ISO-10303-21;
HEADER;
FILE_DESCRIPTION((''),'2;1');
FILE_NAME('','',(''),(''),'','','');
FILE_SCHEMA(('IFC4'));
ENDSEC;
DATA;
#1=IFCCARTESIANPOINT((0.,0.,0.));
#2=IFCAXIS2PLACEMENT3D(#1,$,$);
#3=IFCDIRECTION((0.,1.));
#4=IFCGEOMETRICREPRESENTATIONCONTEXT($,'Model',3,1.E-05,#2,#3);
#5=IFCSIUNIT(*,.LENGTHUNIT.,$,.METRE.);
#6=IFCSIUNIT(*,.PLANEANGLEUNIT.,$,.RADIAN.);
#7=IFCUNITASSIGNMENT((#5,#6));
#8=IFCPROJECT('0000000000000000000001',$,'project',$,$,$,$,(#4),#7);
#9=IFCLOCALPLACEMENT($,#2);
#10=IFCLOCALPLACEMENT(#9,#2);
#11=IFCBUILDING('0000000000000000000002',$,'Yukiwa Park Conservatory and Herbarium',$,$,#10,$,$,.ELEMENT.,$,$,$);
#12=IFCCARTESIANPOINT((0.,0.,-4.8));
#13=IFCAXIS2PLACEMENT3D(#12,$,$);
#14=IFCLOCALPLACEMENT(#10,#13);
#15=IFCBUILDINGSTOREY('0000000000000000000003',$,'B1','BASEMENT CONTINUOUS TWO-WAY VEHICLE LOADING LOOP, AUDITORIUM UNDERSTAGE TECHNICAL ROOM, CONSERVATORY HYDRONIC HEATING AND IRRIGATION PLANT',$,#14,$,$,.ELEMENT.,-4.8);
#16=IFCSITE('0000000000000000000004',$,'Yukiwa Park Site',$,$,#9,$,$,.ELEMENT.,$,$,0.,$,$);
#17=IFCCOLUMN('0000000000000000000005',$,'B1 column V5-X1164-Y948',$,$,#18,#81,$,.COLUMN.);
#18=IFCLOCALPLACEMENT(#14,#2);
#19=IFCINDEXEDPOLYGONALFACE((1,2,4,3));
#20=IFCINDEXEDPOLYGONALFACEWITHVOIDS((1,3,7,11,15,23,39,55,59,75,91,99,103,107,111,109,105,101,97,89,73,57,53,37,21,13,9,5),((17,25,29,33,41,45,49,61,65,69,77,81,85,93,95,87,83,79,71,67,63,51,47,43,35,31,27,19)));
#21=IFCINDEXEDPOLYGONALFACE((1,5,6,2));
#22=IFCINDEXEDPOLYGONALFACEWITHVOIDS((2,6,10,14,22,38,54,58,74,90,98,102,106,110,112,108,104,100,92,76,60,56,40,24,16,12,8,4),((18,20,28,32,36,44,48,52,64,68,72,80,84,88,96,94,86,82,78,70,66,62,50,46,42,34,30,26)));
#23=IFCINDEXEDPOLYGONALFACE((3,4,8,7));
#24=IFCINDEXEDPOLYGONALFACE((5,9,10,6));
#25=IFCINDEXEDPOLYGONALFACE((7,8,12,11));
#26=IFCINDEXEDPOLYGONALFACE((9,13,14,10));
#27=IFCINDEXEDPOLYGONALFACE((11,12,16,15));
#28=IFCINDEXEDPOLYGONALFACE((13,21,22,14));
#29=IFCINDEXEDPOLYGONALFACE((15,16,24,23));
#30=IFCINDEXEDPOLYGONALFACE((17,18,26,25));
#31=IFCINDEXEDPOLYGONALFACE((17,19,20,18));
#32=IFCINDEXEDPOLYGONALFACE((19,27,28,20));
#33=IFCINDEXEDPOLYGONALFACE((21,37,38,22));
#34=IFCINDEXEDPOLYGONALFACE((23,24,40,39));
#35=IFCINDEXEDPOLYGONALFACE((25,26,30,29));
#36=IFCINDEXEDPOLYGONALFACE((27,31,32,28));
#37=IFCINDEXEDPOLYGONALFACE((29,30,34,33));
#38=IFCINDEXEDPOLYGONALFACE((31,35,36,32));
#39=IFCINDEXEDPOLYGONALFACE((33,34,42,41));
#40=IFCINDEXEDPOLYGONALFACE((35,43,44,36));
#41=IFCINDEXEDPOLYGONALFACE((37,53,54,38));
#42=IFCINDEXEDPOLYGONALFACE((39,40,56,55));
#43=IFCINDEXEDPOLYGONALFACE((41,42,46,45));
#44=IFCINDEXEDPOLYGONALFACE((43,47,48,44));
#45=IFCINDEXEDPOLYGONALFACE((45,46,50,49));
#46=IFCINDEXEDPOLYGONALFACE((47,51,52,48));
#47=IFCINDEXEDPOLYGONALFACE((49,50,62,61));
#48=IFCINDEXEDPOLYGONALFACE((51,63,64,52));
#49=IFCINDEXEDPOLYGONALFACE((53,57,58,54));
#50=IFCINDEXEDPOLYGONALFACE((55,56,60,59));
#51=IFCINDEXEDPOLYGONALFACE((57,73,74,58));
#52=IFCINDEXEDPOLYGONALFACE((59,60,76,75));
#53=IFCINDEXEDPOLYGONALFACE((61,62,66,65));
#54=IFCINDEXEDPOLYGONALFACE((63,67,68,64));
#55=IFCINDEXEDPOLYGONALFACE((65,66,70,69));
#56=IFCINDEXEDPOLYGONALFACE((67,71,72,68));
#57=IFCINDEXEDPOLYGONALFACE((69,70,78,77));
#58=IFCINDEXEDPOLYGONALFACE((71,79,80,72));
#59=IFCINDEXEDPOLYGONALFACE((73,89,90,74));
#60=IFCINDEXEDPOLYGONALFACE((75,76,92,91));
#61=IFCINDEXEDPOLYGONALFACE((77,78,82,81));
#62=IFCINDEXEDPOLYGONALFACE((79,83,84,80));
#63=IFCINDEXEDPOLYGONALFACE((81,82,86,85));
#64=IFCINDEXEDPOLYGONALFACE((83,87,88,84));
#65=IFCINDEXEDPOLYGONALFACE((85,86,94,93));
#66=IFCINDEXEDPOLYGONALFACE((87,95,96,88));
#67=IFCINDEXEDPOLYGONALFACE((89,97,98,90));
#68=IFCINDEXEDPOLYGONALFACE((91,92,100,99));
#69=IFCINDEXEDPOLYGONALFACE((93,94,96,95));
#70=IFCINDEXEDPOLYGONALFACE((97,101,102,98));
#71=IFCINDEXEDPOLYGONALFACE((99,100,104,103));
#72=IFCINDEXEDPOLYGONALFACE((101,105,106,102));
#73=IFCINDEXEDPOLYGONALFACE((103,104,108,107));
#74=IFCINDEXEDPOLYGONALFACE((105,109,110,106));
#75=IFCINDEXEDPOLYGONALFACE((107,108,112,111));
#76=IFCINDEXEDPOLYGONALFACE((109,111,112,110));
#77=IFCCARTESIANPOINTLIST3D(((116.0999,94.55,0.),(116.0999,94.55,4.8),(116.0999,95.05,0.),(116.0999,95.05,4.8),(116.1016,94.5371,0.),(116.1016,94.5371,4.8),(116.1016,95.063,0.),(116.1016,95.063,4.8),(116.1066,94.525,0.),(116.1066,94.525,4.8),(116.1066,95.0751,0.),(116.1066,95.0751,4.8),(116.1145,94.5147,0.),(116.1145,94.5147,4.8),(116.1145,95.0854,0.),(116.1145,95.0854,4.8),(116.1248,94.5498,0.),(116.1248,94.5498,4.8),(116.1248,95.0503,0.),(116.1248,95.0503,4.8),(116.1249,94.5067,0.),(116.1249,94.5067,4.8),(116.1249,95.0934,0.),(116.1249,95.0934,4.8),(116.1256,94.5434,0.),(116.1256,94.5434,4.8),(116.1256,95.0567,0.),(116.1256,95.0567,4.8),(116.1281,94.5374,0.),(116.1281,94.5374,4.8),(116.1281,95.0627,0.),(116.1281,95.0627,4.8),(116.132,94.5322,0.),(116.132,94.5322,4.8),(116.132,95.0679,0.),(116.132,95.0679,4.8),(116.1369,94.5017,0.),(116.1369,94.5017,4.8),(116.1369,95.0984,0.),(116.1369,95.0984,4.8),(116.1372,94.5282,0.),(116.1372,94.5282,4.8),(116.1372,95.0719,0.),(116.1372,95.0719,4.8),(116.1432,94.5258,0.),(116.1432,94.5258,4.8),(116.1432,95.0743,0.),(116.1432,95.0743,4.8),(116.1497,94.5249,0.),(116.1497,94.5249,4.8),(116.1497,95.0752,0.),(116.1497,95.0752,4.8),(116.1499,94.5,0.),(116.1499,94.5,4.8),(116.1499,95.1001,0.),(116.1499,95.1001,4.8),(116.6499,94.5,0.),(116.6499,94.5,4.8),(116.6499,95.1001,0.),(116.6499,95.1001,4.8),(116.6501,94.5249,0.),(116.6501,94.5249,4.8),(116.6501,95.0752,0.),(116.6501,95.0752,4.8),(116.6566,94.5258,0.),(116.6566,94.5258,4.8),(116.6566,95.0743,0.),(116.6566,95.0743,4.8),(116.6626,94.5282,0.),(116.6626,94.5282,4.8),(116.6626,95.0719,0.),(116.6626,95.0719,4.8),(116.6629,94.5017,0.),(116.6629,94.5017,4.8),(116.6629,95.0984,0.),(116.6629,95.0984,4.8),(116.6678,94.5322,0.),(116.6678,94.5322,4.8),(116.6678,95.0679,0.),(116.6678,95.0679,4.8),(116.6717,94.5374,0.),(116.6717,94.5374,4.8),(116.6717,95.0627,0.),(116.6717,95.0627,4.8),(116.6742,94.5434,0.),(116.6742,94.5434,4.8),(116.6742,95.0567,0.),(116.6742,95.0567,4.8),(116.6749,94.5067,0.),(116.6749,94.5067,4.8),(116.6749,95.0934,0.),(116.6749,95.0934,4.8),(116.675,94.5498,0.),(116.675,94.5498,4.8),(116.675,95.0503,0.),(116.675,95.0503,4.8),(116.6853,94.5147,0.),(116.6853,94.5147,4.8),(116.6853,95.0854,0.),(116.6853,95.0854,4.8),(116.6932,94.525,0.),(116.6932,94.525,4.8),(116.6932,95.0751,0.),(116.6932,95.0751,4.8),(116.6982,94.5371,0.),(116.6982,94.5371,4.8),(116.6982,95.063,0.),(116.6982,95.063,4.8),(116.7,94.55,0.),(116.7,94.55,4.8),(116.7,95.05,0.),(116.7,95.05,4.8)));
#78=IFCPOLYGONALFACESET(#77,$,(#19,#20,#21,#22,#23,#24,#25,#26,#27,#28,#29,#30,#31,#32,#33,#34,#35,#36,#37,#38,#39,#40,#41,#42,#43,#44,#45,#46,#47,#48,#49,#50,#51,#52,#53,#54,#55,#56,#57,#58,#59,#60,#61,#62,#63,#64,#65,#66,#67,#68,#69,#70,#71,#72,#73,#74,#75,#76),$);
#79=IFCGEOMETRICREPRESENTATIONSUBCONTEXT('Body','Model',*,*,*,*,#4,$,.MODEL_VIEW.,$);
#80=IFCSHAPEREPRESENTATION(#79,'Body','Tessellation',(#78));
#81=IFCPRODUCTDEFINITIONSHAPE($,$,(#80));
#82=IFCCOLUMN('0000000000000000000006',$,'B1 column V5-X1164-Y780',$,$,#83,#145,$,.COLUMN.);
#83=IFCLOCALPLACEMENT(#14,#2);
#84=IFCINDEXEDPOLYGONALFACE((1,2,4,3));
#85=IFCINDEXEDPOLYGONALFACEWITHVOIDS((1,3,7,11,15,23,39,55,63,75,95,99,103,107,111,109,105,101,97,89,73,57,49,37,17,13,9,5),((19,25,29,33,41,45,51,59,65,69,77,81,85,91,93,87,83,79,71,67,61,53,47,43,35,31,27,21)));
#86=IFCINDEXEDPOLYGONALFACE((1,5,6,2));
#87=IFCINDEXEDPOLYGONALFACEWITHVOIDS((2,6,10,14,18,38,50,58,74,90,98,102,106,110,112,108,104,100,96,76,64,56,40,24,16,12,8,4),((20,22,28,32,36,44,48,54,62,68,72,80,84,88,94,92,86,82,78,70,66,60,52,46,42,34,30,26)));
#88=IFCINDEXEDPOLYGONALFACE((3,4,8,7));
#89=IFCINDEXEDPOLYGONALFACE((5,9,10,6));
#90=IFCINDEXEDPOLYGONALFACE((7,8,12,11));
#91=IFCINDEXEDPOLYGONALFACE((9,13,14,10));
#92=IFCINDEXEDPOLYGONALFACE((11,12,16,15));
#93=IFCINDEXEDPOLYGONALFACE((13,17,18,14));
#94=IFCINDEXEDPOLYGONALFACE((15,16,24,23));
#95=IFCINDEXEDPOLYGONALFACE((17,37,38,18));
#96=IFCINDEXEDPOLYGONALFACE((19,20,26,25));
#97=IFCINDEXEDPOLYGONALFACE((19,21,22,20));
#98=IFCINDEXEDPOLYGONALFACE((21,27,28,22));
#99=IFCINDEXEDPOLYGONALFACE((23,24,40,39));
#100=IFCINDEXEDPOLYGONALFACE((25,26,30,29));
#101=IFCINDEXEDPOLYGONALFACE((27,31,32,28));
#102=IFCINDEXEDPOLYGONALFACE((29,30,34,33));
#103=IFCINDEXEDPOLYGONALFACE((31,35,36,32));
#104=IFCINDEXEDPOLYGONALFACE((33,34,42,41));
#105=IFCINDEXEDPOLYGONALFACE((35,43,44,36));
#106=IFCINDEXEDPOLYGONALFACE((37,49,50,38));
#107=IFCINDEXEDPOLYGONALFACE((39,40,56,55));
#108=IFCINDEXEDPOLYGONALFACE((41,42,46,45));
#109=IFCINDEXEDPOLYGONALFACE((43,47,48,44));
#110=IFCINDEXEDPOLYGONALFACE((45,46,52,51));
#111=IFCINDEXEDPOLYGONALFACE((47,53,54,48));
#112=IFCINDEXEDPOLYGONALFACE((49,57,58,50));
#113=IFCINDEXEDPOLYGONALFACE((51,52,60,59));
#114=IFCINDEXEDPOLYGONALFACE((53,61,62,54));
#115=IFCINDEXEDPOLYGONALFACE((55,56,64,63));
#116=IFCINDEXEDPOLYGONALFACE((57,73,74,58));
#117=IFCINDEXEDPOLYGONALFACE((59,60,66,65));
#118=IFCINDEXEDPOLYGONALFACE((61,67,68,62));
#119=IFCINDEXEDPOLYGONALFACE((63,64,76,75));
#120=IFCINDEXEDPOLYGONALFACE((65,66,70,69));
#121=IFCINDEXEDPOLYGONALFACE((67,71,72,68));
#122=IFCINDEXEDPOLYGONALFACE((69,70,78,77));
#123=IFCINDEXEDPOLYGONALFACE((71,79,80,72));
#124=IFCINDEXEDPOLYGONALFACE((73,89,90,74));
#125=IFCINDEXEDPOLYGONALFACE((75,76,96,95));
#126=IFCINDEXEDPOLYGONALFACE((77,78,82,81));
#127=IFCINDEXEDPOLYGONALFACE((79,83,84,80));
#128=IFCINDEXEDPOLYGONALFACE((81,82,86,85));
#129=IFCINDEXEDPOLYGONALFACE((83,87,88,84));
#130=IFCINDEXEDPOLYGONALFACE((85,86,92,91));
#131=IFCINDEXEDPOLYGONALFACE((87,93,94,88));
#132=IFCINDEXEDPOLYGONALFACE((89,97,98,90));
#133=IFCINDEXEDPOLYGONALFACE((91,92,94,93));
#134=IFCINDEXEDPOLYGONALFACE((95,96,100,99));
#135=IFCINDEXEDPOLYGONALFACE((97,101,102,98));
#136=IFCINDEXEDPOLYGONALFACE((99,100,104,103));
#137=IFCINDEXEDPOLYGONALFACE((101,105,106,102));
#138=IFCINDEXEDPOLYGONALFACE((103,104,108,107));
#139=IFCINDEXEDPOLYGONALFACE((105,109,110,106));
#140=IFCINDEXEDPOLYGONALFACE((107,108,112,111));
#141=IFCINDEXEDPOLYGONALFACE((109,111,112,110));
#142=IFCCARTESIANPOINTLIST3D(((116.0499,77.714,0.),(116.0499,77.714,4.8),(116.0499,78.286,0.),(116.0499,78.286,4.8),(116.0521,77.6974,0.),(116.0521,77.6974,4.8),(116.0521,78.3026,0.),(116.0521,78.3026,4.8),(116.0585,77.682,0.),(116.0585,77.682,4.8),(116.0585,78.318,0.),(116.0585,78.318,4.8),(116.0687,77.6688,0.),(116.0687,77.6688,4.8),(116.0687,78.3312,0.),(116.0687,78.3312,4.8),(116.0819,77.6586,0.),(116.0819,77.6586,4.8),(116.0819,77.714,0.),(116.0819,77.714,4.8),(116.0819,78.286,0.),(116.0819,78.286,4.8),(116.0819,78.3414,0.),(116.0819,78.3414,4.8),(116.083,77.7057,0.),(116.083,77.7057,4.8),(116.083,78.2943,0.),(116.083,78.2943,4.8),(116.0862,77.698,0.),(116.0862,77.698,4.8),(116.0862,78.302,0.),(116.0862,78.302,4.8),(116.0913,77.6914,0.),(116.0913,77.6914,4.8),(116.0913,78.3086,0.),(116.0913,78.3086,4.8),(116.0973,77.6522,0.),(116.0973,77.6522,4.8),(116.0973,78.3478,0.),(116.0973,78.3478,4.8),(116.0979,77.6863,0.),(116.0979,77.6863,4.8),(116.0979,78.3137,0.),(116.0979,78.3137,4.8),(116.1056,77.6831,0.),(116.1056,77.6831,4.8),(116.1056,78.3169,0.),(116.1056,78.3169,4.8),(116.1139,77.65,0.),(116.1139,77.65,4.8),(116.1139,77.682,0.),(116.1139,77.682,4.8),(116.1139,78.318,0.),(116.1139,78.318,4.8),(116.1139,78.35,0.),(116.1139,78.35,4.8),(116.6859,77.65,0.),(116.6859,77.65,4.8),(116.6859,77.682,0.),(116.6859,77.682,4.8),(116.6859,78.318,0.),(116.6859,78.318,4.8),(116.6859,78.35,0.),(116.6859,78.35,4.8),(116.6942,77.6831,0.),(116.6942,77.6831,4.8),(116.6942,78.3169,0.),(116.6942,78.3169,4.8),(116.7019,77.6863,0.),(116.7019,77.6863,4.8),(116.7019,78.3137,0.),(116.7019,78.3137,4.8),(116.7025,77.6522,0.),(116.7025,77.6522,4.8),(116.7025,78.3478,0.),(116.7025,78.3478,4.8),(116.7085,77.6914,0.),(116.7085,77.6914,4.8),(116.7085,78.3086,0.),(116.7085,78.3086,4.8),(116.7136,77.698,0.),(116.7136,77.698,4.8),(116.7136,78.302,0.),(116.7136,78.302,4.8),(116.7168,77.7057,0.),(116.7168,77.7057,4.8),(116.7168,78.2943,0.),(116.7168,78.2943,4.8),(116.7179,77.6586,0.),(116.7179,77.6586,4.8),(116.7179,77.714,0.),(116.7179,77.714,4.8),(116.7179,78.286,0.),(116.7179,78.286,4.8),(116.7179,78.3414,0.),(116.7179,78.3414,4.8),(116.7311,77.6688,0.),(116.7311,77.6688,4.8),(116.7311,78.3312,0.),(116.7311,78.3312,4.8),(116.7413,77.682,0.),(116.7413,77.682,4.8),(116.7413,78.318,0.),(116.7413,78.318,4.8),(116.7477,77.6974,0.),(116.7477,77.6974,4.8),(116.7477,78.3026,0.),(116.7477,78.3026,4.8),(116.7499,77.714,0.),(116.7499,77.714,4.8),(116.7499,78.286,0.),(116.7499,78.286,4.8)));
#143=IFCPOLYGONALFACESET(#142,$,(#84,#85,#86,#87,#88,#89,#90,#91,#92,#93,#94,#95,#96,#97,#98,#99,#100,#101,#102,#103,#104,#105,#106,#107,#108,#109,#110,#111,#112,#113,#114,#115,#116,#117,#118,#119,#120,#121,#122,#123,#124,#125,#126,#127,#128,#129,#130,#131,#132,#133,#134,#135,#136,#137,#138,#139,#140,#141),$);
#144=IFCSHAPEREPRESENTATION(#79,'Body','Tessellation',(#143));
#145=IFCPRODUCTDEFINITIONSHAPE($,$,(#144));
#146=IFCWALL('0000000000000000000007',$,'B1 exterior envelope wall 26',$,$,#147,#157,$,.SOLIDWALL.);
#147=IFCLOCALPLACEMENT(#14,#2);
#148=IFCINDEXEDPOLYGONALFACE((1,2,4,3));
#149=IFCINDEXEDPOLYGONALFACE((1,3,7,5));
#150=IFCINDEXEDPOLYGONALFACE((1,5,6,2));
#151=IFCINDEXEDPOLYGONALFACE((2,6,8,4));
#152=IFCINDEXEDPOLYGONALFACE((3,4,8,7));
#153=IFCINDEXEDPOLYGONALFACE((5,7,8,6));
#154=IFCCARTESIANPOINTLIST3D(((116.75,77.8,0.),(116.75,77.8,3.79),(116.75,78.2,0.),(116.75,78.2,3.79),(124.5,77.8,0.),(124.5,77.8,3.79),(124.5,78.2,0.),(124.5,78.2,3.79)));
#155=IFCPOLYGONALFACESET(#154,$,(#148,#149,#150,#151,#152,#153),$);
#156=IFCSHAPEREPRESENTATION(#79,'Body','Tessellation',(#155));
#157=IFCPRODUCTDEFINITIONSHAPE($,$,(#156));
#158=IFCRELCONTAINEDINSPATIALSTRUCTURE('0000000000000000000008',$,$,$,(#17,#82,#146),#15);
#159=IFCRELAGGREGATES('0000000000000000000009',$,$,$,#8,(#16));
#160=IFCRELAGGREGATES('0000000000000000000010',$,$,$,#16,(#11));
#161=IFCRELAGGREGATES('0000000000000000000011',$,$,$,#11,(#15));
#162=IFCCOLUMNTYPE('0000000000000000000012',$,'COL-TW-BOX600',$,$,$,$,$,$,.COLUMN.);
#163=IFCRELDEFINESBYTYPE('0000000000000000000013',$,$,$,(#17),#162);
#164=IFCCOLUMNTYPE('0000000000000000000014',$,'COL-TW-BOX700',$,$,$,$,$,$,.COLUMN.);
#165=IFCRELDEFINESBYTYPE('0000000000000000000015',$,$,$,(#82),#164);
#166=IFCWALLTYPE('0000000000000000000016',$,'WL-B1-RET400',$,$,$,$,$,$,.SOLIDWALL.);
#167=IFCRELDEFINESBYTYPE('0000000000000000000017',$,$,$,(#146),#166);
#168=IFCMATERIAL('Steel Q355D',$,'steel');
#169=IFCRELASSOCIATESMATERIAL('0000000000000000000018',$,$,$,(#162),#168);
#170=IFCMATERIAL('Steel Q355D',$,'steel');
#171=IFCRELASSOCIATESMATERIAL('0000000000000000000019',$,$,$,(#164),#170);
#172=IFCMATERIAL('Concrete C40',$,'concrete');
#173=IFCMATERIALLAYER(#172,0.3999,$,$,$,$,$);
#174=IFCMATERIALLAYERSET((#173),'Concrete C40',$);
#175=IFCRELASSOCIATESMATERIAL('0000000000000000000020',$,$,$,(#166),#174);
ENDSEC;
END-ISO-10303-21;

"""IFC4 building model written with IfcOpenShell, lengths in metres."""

from ifc_helpers import new_model, si_unit, direction, frame, frame_2d, origin, origin_2d, place, context, subcontext, project, spatial, rectangle, hollow_rectangle, extrude, material, layer, layer_set, material_profile, profile_set, type_object, element, save


model = new_model("IFC4")

# Units and contexts
model_context = context("Model", 3, precision=1e-05, world=origin(), true_north=direction((0.0, 1.0)))
body_context = subcontext(model_context, "Body", "Model", "MODEL_VIEW")
ifc_project = project(units=[si_unit("LENGTHUNIT", "METRE"), si_unit("PLANEANGLEUNIT", "RADIAN")], contexts=[model_context])

# Site, building, storey
site_placement = place(None, origin())
site = spatial("IfcSite", under=ifc_project, at=site_placement, Name="Yukiwa Park Site", CompositionType="ELEMENT", RefElevation=0.0)
building_placement = place(site_placement, origin())
building = spatial("IfcBuilding", under=site, at=building_placement, Name="Yukiwa Park Conservatory and Herbarium", CompositionType="ELEMENT")
storey_placement = place(building_placement, frame((0.0, 0.0, -4.8)))
storey = spatial("IfcBuildingStorey", under=building, at=storey_placement, Name="B1", Description="BASEMENT CONTINUOUS TWO-WAY VEHICLE LOADING LOOP, AUDITORIUM UNDERSTAGE TECHNICAL ROOM, CONSERVATORY HYDRONIC HEATING AND IRRIGATION PLANT", CompositionType="ELEMENT", Elevation=-4.8)

# Columns
ifc_material_1 = material(Name="Steel Q355D", Category="steel")
ifc_material_profile_1 = material_profile(ifc_material_1, hollow_rectangle(XDim=0.6001, YDim=0.6001, WallThickness=0.0249, InnerFilletRadius=0.0249, OuterFilletRadius=0.05, at=origin_2d()), Name="BOX 600x600x25")
ifc_profile_set_1 = profile_set([ifc_material_profile_1], Name="Steel Q355D")
column_type_1 = type_object("IfcColumnType", Name="COL-TW-BOX600", PredefinedType="COLUMN", material=ifc_profile_set_1)
for number, where, z_axis, x_axis, name in (
    (1, (116.3999, 94.8, 0.0), (0.0, 0.0, 1.0), (1.0, 0.0, 0.0), "B1 column V5-X1164-Y948"),
):
    element("IfcColumn", number, at=place(storey_placement, frame(where, z_axis=z_axis, x_axis=x_axis)), inside=storey, type_object=column_type_1, Name=name, PredefinedType="COLUMN", context=body_context, shape_type="SweptSolid", body=[
        extrude(hollow_rectangle(XDim=0.6001, YDim=0.6001, WallThickness=0.0249, InnerFilletRadius=0.0249, OuterFilletRadius=0.05, at=origin_2d()), origin(), (0.0, 0.0, 1.0), 4.8),
    ])
ifc_material_2 = material(Name="Steel Q355D", Category="steel")
ifc_material_profile_2 = material_profile(ifc_material_2, hollow_rectangle(XDim=0.7, YDim=0.7, WallThickness=0.032, InnerFilletRadius=0.032, OuterFilletRadius=0.064, at=origin_2d()), Name="BOX 700x700x32")
ifc_profile_set_2 = profile_set([ifc_material_profile_2], Name="Steel Q355D")
column_type_2 = type_object("IfcColumnType", Name="COL-TW-BOX700", PredefinedType="COLUMN", material=ifc_profile_set_2)
column_1_placement = place(storey_placement, frame((116.3999, 78.0, 0.0), z_axis=(0.0, 0.0, 1.0), x_axis=(1.0, 0.0, 0.0)))
element("IfcColumn", 2, at=column_1_placement, inside=storey, type_object=column_type_2, Name="B1 column V5-X1164-Y780", PredefinedType="COLUMN", context=body_context, shape_type="SweptSolid", body=[
    extrude(hollow_rectangle(XDim=0.7, YDim=0.7, WallThickness=0.032, InnerFilletRadius=0.032, OuterFilletRadius=0.064, at=origin_2d()), origin(), (0.0, 0.0, 1.0), 4.8),
])

# Wall
ifc_material_3 = material(Name="Concrete C40", Category="concrete")
ifc_layer = layer(ifc_material_3, 0.3999)
ifc_layer_set = layer_set([ifc_layer], Name="Concrete C40")
wall_type = type_object("IfcWallType", Name="WL-B1-RET400", PredefinedType="SOLIDWALL", material=ifc_layer_set)
wall_placement = place(storey_placement, frame((116.75, 78.0, 0.0), z_axis=(0.0, 0.0, 1.0), x_axis=(1.0, 0.0, 0.0)))
element("IfcWall", 3, at=wall_placement, inside=storey, type_object=wall_type, Name="B1 exterior envelope wall 26", PredefinedType="SOLIDWALL", context=body_context, shape_type="SweptSolid", body=[
    extrude(rectangle(XDim=7.75, YDim=0.3999, at=frame_2d((3.875, 0.0))), origin(), (0.0, 0.0, 1.0), 3.79),
])

save(model, "model.ifc")
